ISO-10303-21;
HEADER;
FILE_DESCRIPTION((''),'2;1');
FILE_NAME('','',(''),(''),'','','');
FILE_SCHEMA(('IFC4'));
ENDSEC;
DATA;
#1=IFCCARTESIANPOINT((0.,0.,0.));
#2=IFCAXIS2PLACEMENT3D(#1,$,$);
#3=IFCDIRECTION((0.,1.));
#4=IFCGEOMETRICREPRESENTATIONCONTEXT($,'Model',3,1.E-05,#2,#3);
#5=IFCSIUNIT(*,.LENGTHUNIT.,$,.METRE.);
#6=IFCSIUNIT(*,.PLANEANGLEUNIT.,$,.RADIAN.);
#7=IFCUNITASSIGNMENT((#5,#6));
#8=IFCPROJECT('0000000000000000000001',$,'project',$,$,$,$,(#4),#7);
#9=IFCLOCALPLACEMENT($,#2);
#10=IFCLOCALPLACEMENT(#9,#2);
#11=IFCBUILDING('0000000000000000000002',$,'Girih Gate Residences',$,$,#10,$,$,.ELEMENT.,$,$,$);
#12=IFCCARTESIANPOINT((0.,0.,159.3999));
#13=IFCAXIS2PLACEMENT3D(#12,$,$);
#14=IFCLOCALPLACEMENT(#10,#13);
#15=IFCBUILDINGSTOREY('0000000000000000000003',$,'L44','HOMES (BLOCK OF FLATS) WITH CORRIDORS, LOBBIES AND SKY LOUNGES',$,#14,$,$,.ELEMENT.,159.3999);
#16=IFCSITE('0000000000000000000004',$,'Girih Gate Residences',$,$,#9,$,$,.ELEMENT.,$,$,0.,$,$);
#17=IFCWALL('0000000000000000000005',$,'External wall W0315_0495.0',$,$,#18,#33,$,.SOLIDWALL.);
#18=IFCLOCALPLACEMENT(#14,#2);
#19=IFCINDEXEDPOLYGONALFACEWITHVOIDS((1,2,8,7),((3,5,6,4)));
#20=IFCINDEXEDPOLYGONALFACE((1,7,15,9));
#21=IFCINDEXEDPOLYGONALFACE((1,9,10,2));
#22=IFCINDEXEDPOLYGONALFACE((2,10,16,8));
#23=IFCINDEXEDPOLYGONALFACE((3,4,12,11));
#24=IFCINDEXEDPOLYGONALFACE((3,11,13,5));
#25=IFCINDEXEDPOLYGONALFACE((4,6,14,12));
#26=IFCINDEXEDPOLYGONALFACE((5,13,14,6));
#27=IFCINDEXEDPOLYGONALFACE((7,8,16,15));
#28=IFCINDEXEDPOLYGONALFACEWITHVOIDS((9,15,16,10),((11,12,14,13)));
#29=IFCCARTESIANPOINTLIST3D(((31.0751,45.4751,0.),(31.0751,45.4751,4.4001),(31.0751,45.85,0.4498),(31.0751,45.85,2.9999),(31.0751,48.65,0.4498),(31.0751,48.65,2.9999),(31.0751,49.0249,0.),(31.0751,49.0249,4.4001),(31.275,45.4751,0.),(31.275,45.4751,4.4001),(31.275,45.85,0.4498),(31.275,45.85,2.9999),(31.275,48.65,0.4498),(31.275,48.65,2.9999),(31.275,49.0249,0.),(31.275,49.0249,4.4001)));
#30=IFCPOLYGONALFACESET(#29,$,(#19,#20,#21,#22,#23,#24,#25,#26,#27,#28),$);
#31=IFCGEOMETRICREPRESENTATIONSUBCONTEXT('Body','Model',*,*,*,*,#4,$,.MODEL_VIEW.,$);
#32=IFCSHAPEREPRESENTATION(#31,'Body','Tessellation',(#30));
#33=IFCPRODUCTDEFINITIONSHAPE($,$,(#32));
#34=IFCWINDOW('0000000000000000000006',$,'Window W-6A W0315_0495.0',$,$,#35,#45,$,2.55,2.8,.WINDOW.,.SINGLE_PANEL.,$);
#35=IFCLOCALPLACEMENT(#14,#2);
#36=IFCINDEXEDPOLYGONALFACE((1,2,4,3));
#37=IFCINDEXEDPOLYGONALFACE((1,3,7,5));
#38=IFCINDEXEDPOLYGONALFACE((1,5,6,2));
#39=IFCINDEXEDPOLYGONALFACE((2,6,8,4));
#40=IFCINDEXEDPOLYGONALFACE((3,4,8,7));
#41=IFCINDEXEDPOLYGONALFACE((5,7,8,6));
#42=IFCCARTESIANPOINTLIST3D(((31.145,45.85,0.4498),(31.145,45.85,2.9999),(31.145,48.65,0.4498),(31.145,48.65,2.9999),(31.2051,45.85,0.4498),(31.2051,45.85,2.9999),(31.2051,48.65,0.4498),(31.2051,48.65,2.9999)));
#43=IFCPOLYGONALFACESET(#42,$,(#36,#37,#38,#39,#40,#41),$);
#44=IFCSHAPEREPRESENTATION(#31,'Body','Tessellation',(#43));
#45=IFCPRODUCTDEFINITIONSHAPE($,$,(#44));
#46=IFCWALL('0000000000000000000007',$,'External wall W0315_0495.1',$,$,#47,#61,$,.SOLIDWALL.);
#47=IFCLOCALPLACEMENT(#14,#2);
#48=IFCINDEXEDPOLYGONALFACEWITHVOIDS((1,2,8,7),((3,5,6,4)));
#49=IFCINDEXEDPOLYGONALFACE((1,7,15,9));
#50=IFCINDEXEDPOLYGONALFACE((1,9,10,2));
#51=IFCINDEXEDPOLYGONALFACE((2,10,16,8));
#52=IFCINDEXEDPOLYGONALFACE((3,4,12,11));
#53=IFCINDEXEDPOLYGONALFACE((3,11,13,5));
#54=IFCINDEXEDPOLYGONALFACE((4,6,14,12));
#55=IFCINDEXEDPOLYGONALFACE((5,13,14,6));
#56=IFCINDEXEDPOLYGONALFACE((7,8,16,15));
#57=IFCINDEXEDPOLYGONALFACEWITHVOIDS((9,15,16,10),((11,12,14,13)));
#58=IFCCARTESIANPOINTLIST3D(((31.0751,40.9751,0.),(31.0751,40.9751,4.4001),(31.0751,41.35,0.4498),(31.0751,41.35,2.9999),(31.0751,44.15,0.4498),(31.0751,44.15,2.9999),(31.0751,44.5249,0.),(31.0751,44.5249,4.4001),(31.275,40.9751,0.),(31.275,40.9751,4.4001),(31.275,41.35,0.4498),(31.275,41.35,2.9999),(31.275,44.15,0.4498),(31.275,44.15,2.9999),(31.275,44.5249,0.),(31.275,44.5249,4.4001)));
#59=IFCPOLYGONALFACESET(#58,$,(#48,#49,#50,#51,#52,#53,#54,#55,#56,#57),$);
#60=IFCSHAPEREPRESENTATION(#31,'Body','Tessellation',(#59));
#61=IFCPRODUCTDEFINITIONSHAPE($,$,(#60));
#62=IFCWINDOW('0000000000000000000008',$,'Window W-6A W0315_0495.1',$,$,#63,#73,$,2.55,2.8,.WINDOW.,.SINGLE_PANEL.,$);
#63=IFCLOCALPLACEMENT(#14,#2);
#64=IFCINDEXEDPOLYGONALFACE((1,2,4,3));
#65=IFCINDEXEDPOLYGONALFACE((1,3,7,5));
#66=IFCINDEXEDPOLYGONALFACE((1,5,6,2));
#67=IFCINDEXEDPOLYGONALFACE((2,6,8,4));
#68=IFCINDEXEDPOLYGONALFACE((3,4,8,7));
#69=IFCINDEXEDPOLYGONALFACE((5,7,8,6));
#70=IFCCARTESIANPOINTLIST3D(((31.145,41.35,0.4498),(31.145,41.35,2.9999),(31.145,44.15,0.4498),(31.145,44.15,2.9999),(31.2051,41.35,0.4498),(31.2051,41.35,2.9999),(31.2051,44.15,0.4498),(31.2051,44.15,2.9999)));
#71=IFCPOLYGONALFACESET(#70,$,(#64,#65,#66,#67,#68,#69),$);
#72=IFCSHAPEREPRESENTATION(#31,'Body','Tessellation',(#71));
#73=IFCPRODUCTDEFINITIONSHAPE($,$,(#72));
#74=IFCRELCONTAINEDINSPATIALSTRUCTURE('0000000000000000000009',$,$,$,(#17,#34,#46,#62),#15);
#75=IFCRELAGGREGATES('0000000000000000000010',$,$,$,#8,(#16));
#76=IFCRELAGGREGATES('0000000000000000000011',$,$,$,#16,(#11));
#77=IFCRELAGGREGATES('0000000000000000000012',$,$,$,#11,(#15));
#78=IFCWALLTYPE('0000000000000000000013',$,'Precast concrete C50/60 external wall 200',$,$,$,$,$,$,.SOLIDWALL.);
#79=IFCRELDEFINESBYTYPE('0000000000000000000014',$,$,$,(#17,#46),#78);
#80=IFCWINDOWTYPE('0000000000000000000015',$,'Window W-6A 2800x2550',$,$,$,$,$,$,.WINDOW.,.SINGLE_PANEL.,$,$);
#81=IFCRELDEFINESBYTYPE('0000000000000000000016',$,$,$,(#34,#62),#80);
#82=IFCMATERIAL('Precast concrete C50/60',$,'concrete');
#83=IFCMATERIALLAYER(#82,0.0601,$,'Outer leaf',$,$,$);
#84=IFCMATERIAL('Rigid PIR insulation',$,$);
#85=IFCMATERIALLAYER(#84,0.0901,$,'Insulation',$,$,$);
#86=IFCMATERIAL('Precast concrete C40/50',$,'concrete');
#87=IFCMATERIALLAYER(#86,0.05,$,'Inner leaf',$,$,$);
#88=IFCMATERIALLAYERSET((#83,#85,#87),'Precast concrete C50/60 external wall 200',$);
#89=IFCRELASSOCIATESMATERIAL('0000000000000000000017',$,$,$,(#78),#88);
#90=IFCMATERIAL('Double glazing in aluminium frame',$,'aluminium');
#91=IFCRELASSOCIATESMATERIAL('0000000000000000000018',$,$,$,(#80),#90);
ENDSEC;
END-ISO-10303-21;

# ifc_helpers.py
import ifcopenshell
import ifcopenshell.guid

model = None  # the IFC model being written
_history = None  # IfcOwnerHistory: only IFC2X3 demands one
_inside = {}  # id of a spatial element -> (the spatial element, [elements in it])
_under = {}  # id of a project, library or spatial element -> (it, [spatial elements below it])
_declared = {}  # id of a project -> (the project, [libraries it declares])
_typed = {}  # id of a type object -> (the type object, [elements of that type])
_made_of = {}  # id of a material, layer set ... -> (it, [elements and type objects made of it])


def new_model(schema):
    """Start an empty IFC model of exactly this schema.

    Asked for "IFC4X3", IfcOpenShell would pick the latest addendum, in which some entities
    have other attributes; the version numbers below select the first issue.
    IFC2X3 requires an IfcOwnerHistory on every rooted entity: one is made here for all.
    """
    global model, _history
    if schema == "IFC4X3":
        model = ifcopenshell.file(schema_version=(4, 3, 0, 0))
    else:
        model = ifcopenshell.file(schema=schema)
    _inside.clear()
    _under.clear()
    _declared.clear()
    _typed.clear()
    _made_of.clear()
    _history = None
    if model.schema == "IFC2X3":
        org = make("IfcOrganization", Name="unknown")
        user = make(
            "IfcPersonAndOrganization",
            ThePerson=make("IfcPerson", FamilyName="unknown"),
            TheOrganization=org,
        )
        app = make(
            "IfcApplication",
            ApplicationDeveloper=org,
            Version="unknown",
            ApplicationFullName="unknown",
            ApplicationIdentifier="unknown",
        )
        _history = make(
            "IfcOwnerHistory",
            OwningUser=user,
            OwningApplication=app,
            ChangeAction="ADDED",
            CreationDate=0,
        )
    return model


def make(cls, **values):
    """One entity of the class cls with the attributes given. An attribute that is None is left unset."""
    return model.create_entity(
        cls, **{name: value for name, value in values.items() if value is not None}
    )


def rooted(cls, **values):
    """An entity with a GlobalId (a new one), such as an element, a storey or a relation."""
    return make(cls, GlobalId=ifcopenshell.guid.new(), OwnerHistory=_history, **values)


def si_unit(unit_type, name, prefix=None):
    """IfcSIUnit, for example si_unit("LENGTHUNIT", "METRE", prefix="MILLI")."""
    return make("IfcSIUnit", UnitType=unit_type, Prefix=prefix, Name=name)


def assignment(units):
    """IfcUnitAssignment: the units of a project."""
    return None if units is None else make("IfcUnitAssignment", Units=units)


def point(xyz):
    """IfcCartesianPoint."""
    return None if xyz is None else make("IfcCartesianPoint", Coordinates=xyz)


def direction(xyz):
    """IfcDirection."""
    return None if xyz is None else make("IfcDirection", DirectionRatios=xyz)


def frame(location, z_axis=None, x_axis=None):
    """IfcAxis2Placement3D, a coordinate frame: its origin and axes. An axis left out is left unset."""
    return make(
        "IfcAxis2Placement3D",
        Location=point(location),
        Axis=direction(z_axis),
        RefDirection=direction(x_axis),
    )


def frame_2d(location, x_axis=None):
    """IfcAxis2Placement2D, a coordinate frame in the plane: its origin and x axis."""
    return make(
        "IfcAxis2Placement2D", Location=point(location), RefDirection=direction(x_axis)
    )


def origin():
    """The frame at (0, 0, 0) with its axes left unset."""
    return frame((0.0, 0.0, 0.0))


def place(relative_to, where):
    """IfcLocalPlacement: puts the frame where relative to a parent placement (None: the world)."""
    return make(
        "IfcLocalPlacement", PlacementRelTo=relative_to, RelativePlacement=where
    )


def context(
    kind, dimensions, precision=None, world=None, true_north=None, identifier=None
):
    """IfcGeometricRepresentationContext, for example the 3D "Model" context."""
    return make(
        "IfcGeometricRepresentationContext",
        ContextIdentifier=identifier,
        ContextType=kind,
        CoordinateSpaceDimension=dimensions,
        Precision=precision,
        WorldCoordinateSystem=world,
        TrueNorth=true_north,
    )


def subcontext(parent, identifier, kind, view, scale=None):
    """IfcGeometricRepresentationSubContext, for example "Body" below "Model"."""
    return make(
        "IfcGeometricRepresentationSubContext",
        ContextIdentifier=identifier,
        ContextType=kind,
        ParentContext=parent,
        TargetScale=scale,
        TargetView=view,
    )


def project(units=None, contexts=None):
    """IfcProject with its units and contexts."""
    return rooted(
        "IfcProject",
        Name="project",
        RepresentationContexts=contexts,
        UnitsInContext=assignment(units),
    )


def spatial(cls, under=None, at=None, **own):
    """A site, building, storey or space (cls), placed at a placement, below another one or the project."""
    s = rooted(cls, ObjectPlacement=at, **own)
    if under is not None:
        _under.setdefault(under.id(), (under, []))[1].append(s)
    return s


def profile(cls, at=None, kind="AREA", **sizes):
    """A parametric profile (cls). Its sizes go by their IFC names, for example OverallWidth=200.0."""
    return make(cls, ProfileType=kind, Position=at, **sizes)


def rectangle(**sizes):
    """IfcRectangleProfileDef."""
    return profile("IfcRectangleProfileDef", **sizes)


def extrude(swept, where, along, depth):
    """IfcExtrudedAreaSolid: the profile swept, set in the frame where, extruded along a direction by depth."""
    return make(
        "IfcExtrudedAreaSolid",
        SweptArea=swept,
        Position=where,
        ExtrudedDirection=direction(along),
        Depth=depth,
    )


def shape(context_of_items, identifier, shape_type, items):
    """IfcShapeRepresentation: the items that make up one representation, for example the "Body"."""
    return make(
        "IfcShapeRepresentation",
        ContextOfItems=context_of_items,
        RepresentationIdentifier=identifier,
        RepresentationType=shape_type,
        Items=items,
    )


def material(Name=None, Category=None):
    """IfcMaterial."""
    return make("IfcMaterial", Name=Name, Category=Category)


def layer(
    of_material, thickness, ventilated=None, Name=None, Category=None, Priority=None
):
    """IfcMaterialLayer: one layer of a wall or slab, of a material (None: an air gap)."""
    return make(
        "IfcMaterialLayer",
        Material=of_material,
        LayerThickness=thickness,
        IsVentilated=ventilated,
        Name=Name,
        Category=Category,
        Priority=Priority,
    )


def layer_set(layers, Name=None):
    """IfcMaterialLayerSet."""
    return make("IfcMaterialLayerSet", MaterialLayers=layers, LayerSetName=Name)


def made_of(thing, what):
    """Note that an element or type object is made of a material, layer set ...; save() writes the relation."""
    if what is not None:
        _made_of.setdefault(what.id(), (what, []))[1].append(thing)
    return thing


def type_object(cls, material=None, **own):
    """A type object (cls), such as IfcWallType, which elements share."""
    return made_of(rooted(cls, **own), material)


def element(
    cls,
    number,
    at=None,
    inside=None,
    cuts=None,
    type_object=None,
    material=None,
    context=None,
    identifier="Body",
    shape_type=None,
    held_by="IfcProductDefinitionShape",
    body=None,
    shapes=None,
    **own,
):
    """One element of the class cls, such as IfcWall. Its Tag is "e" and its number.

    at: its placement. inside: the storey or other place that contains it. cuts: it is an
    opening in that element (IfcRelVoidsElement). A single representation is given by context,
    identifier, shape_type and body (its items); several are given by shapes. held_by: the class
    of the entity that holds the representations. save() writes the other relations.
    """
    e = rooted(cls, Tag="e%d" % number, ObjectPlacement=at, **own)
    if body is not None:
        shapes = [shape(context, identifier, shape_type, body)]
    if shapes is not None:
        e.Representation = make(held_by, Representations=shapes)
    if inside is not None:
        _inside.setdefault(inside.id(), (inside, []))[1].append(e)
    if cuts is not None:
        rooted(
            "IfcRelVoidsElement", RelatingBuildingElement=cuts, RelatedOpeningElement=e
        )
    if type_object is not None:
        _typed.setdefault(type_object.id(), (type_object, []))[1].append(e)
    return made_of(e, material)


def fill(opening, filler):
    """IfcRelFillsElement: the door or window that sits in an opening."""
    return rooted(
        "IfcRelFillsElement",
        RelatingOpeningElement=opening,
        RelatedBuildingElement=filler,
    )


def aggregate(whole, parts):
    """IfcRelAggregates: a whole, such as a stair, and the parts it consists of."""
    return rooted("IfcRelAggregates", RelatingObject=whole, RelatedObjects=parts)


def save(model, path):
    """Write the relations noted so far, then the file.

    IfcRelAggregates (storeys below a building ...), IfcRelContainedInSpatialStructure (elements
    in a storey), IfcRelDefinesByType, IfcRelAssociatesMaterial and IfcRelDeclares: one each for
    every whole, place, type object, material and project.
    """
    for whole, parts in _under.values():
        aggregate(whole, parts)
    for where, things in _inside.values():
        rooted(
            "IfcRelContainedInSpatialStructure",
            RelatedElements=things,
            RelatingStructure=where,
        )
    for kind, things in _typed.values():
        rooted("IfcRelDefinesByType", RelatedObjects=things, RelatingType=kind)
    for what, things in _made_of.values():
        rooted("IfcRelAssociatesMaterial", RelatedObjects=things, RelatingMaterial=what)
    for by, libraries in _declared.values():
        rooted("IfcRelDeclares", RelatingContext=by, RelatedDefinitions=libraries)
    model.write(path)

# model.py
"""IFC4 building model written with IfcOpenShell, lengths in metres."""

from ifc_helpers import new_model, si_unit, direction, frame, frame_2d, origin, place, context, subcontext, project, spatial, rectangle, extrude, material, layer, layer_set, type_object, element, fill, save


model = new_model("IFC4")

# Units and contexts
model_context = context("Model", 3, precision=1e-05, world=origin(), true_north=direction((0.0, 1.0)))
body_context = subcontext(model_context, "Body", "Model", "MODEL_VIEW")
ifc_project = project(units=[si_unit("LENGTHUNIT", "METRE"), si_unit("PLANEANGLEUNIT", "RADIAN")], contexts=[model_context])

# Site, building, storey
site_placement = place(None, origin())
site = spatial("IfcSite", under=ifc_project, at=site_placement, Name="Girih Gate Residences", CompositionType="ELEMENT", RefElevation=0.0)
building_placement = place(site_placement, origin())
building = spatial("IfcBuilding", under=site, at=building_placement, Name="Girih Gate Residences", CompositionType="ELEMENT")
storey_placement = place(building_placement, frame((0.0, 0.0, 159.3999)))
storey = spatial("IfcBuildingStorey", under=building, at=storey_placement, Name="L44", Description="HOMES (BLOCK OF FLATS) WITH CORRIDORS, LOBBIES AND SKY LOUNGES", CompositionType="ELEMENT", Elevation=159.3999)

# Walls, openings, windows
ifc_material_1 = material(Name="Precast concrete C50/60", Category="concrete")
ifc_layer_1 = layer(ifc_material_1, 0.0601, Name="Outer leaf")
ifc_material_2 = material(Name="Rigid PIR insulation")
ifc_layer_2 = layer(ifc_material_2, 0.0901, Name="Insulation")
ifc_material_3 = material(Name="Precast concrete C40/50", Category="concrete")
ifc_layer_3 = layer(ifc_material_3, 0.05, Name="Inner leaf")
ifc_layer_set = layer_set([ifc_layer_1, ifc_layer_2, ifc_layer_3], Name="Precast concrete C50/60 external wall 200")
wall_type = type_object("IfcWallType", Name="Precast concrete C50/60 external wall 200", PredefinedType="SOLIDWALL", material=ifc_layer_set)
ifc_material_4 = material(Name="Double glazing in aluminium frame", Category="aluminium")
window_type = type_object("IfcWindowType", Name="Window W-6A 2800x2550", PartitioningType="SINGLE_PANEL", PredefinedType="WINDOW", material=ifc_material_4)
wall_1_placement = place(storey_placement, frame((31.175, 45.4751, 0.0), z_axis=(0.0, 0.0, 1.0), x_axis=(0.0, 1.0, 0.0)))
wall_1 = element("IfcWall", 1, at=wall_1_placement, inside=storey, type_object=wall_type, Name="External wall W0315_0495.0", PredefinedType="SOLIDWALL", context=body_context, shape_type="SweptSolid", body=[
    extrude(rectangle(XDim=3.5498, YDim=0.2, at=frame_2d((1.7749, 0.0))), origin(), (0.0, 0.0, 1.0), 4.4001),
])
opening_1_placement = place(wall_1_placement, frame((0.375, 0.0, 0.45)))
opening_1 = element("IfcOpeningElement", 2, at=opening_1_placement, cuts=wall_1, PredefinedType="OPENING", context=body_context, shape_type="SweptSolid", body=[
    extrude(rectangle(XDim=2.8, YDim=2.55, at=frame_2d((1.3999, 1.2749))), frame((0.0, 0.1099, 0.0), z_axis=(0.0, -1.0, 0.0), x_axis=(1.0, 0.0, 0.0)), (0.0, 0.0, 1.0), 0.22),
])
window_1_placement = place(opening_1_placement, origin())
window_1 = element("IfcWindow", 3, at=window_1_placement, inside=storey, type_object=window_type, Name="Window W-6A W0315_0495.0", OverallHeight=2.55, OverallWidth=2.8, PartitioningType="SINGLE_PANEL", PredefinedType="WINDOW", context=body_context, shape_type="SweptSolid", body=[
    extrude(rectangle(XDim=2.8, YDim=2.55, at=frame_2d((1.3999, 1.2749))), frame((0.0, 0.03, 0.0), z_axis=(0.0, -1.0, 0.0), x_axis=(1.0, 0.0, 0.0)), (0.0, 0.0, 1.0), 0.0601),
])
fill(opening_1, window_1)
wall_2_placement = place(storey_placement, frame((31.175, 40.9751, 0.0), z_axis=(0.0, 0.0, 1.0), x_axis=(0.0, 1.0, 0.0)))
wall_2 = element("IfcWall", 4, at=wall_2_placement, inside=storey, type_object=wall_type, Name="External wall W0315_0495.1", PredefinedType="SOLIDWALL", context=body_context, shape_type="SweptSolid", body=[
    extrude(rectangle(XDim=3.5498, YDim=0.2, at=frame_2d((1.7749, 0.0))), origin(), (0.0, 0.0, 1.0), 4.4001),
])
opening_2_placement = place(wall_2_placement, frame((0.375, 0.0, 0.45)))
opening_2 = element("IfcOpeningElement", 5, at=opening_2_placement, cuts=wall_2, PredefinedType="OPENING", context=body_context, shape_type="SweptSolid", body=[
    extrude(rectangle(XDim=2.8, YDim=2.55, at=frame_2d((1.3999, 1.2749))), frame((0.0, 0.1099, 0.0), z_axis=(0.0, -1.0, 0.0), x_axis=(1.0, 0.0, 0.0)), (0.0, 0.0, 1.0), 0.22),
])
window_2_placement = place(opening_2_placement, origin())
window_2 = element("IfcWindow", 6, at=window_2_placement, inside=storey, type_object=window_type, Name="Window W-6A W0315_0495.1", OverallHeight=2.55, OverallWidth=2.8, PartitioningType="SINGLE_PANEL", PredefinedType="WINDOW", context=body_context, shape_type="SweptSolid", body=[
    extrude(rectangle(XDim=2.8, YDim=2.55, at=frame_2d((1.3999, 1.2749))), frame((0.0, 0.03, 0.0), z_axis=(0.0, -1.0, 0.0), x_axis=(1.0, 0.0, 0.0)), (0.0, 0.0, 1.0), 0.0601),
])
fill(opening_2, window_2)

save(model, "model.ifc")
